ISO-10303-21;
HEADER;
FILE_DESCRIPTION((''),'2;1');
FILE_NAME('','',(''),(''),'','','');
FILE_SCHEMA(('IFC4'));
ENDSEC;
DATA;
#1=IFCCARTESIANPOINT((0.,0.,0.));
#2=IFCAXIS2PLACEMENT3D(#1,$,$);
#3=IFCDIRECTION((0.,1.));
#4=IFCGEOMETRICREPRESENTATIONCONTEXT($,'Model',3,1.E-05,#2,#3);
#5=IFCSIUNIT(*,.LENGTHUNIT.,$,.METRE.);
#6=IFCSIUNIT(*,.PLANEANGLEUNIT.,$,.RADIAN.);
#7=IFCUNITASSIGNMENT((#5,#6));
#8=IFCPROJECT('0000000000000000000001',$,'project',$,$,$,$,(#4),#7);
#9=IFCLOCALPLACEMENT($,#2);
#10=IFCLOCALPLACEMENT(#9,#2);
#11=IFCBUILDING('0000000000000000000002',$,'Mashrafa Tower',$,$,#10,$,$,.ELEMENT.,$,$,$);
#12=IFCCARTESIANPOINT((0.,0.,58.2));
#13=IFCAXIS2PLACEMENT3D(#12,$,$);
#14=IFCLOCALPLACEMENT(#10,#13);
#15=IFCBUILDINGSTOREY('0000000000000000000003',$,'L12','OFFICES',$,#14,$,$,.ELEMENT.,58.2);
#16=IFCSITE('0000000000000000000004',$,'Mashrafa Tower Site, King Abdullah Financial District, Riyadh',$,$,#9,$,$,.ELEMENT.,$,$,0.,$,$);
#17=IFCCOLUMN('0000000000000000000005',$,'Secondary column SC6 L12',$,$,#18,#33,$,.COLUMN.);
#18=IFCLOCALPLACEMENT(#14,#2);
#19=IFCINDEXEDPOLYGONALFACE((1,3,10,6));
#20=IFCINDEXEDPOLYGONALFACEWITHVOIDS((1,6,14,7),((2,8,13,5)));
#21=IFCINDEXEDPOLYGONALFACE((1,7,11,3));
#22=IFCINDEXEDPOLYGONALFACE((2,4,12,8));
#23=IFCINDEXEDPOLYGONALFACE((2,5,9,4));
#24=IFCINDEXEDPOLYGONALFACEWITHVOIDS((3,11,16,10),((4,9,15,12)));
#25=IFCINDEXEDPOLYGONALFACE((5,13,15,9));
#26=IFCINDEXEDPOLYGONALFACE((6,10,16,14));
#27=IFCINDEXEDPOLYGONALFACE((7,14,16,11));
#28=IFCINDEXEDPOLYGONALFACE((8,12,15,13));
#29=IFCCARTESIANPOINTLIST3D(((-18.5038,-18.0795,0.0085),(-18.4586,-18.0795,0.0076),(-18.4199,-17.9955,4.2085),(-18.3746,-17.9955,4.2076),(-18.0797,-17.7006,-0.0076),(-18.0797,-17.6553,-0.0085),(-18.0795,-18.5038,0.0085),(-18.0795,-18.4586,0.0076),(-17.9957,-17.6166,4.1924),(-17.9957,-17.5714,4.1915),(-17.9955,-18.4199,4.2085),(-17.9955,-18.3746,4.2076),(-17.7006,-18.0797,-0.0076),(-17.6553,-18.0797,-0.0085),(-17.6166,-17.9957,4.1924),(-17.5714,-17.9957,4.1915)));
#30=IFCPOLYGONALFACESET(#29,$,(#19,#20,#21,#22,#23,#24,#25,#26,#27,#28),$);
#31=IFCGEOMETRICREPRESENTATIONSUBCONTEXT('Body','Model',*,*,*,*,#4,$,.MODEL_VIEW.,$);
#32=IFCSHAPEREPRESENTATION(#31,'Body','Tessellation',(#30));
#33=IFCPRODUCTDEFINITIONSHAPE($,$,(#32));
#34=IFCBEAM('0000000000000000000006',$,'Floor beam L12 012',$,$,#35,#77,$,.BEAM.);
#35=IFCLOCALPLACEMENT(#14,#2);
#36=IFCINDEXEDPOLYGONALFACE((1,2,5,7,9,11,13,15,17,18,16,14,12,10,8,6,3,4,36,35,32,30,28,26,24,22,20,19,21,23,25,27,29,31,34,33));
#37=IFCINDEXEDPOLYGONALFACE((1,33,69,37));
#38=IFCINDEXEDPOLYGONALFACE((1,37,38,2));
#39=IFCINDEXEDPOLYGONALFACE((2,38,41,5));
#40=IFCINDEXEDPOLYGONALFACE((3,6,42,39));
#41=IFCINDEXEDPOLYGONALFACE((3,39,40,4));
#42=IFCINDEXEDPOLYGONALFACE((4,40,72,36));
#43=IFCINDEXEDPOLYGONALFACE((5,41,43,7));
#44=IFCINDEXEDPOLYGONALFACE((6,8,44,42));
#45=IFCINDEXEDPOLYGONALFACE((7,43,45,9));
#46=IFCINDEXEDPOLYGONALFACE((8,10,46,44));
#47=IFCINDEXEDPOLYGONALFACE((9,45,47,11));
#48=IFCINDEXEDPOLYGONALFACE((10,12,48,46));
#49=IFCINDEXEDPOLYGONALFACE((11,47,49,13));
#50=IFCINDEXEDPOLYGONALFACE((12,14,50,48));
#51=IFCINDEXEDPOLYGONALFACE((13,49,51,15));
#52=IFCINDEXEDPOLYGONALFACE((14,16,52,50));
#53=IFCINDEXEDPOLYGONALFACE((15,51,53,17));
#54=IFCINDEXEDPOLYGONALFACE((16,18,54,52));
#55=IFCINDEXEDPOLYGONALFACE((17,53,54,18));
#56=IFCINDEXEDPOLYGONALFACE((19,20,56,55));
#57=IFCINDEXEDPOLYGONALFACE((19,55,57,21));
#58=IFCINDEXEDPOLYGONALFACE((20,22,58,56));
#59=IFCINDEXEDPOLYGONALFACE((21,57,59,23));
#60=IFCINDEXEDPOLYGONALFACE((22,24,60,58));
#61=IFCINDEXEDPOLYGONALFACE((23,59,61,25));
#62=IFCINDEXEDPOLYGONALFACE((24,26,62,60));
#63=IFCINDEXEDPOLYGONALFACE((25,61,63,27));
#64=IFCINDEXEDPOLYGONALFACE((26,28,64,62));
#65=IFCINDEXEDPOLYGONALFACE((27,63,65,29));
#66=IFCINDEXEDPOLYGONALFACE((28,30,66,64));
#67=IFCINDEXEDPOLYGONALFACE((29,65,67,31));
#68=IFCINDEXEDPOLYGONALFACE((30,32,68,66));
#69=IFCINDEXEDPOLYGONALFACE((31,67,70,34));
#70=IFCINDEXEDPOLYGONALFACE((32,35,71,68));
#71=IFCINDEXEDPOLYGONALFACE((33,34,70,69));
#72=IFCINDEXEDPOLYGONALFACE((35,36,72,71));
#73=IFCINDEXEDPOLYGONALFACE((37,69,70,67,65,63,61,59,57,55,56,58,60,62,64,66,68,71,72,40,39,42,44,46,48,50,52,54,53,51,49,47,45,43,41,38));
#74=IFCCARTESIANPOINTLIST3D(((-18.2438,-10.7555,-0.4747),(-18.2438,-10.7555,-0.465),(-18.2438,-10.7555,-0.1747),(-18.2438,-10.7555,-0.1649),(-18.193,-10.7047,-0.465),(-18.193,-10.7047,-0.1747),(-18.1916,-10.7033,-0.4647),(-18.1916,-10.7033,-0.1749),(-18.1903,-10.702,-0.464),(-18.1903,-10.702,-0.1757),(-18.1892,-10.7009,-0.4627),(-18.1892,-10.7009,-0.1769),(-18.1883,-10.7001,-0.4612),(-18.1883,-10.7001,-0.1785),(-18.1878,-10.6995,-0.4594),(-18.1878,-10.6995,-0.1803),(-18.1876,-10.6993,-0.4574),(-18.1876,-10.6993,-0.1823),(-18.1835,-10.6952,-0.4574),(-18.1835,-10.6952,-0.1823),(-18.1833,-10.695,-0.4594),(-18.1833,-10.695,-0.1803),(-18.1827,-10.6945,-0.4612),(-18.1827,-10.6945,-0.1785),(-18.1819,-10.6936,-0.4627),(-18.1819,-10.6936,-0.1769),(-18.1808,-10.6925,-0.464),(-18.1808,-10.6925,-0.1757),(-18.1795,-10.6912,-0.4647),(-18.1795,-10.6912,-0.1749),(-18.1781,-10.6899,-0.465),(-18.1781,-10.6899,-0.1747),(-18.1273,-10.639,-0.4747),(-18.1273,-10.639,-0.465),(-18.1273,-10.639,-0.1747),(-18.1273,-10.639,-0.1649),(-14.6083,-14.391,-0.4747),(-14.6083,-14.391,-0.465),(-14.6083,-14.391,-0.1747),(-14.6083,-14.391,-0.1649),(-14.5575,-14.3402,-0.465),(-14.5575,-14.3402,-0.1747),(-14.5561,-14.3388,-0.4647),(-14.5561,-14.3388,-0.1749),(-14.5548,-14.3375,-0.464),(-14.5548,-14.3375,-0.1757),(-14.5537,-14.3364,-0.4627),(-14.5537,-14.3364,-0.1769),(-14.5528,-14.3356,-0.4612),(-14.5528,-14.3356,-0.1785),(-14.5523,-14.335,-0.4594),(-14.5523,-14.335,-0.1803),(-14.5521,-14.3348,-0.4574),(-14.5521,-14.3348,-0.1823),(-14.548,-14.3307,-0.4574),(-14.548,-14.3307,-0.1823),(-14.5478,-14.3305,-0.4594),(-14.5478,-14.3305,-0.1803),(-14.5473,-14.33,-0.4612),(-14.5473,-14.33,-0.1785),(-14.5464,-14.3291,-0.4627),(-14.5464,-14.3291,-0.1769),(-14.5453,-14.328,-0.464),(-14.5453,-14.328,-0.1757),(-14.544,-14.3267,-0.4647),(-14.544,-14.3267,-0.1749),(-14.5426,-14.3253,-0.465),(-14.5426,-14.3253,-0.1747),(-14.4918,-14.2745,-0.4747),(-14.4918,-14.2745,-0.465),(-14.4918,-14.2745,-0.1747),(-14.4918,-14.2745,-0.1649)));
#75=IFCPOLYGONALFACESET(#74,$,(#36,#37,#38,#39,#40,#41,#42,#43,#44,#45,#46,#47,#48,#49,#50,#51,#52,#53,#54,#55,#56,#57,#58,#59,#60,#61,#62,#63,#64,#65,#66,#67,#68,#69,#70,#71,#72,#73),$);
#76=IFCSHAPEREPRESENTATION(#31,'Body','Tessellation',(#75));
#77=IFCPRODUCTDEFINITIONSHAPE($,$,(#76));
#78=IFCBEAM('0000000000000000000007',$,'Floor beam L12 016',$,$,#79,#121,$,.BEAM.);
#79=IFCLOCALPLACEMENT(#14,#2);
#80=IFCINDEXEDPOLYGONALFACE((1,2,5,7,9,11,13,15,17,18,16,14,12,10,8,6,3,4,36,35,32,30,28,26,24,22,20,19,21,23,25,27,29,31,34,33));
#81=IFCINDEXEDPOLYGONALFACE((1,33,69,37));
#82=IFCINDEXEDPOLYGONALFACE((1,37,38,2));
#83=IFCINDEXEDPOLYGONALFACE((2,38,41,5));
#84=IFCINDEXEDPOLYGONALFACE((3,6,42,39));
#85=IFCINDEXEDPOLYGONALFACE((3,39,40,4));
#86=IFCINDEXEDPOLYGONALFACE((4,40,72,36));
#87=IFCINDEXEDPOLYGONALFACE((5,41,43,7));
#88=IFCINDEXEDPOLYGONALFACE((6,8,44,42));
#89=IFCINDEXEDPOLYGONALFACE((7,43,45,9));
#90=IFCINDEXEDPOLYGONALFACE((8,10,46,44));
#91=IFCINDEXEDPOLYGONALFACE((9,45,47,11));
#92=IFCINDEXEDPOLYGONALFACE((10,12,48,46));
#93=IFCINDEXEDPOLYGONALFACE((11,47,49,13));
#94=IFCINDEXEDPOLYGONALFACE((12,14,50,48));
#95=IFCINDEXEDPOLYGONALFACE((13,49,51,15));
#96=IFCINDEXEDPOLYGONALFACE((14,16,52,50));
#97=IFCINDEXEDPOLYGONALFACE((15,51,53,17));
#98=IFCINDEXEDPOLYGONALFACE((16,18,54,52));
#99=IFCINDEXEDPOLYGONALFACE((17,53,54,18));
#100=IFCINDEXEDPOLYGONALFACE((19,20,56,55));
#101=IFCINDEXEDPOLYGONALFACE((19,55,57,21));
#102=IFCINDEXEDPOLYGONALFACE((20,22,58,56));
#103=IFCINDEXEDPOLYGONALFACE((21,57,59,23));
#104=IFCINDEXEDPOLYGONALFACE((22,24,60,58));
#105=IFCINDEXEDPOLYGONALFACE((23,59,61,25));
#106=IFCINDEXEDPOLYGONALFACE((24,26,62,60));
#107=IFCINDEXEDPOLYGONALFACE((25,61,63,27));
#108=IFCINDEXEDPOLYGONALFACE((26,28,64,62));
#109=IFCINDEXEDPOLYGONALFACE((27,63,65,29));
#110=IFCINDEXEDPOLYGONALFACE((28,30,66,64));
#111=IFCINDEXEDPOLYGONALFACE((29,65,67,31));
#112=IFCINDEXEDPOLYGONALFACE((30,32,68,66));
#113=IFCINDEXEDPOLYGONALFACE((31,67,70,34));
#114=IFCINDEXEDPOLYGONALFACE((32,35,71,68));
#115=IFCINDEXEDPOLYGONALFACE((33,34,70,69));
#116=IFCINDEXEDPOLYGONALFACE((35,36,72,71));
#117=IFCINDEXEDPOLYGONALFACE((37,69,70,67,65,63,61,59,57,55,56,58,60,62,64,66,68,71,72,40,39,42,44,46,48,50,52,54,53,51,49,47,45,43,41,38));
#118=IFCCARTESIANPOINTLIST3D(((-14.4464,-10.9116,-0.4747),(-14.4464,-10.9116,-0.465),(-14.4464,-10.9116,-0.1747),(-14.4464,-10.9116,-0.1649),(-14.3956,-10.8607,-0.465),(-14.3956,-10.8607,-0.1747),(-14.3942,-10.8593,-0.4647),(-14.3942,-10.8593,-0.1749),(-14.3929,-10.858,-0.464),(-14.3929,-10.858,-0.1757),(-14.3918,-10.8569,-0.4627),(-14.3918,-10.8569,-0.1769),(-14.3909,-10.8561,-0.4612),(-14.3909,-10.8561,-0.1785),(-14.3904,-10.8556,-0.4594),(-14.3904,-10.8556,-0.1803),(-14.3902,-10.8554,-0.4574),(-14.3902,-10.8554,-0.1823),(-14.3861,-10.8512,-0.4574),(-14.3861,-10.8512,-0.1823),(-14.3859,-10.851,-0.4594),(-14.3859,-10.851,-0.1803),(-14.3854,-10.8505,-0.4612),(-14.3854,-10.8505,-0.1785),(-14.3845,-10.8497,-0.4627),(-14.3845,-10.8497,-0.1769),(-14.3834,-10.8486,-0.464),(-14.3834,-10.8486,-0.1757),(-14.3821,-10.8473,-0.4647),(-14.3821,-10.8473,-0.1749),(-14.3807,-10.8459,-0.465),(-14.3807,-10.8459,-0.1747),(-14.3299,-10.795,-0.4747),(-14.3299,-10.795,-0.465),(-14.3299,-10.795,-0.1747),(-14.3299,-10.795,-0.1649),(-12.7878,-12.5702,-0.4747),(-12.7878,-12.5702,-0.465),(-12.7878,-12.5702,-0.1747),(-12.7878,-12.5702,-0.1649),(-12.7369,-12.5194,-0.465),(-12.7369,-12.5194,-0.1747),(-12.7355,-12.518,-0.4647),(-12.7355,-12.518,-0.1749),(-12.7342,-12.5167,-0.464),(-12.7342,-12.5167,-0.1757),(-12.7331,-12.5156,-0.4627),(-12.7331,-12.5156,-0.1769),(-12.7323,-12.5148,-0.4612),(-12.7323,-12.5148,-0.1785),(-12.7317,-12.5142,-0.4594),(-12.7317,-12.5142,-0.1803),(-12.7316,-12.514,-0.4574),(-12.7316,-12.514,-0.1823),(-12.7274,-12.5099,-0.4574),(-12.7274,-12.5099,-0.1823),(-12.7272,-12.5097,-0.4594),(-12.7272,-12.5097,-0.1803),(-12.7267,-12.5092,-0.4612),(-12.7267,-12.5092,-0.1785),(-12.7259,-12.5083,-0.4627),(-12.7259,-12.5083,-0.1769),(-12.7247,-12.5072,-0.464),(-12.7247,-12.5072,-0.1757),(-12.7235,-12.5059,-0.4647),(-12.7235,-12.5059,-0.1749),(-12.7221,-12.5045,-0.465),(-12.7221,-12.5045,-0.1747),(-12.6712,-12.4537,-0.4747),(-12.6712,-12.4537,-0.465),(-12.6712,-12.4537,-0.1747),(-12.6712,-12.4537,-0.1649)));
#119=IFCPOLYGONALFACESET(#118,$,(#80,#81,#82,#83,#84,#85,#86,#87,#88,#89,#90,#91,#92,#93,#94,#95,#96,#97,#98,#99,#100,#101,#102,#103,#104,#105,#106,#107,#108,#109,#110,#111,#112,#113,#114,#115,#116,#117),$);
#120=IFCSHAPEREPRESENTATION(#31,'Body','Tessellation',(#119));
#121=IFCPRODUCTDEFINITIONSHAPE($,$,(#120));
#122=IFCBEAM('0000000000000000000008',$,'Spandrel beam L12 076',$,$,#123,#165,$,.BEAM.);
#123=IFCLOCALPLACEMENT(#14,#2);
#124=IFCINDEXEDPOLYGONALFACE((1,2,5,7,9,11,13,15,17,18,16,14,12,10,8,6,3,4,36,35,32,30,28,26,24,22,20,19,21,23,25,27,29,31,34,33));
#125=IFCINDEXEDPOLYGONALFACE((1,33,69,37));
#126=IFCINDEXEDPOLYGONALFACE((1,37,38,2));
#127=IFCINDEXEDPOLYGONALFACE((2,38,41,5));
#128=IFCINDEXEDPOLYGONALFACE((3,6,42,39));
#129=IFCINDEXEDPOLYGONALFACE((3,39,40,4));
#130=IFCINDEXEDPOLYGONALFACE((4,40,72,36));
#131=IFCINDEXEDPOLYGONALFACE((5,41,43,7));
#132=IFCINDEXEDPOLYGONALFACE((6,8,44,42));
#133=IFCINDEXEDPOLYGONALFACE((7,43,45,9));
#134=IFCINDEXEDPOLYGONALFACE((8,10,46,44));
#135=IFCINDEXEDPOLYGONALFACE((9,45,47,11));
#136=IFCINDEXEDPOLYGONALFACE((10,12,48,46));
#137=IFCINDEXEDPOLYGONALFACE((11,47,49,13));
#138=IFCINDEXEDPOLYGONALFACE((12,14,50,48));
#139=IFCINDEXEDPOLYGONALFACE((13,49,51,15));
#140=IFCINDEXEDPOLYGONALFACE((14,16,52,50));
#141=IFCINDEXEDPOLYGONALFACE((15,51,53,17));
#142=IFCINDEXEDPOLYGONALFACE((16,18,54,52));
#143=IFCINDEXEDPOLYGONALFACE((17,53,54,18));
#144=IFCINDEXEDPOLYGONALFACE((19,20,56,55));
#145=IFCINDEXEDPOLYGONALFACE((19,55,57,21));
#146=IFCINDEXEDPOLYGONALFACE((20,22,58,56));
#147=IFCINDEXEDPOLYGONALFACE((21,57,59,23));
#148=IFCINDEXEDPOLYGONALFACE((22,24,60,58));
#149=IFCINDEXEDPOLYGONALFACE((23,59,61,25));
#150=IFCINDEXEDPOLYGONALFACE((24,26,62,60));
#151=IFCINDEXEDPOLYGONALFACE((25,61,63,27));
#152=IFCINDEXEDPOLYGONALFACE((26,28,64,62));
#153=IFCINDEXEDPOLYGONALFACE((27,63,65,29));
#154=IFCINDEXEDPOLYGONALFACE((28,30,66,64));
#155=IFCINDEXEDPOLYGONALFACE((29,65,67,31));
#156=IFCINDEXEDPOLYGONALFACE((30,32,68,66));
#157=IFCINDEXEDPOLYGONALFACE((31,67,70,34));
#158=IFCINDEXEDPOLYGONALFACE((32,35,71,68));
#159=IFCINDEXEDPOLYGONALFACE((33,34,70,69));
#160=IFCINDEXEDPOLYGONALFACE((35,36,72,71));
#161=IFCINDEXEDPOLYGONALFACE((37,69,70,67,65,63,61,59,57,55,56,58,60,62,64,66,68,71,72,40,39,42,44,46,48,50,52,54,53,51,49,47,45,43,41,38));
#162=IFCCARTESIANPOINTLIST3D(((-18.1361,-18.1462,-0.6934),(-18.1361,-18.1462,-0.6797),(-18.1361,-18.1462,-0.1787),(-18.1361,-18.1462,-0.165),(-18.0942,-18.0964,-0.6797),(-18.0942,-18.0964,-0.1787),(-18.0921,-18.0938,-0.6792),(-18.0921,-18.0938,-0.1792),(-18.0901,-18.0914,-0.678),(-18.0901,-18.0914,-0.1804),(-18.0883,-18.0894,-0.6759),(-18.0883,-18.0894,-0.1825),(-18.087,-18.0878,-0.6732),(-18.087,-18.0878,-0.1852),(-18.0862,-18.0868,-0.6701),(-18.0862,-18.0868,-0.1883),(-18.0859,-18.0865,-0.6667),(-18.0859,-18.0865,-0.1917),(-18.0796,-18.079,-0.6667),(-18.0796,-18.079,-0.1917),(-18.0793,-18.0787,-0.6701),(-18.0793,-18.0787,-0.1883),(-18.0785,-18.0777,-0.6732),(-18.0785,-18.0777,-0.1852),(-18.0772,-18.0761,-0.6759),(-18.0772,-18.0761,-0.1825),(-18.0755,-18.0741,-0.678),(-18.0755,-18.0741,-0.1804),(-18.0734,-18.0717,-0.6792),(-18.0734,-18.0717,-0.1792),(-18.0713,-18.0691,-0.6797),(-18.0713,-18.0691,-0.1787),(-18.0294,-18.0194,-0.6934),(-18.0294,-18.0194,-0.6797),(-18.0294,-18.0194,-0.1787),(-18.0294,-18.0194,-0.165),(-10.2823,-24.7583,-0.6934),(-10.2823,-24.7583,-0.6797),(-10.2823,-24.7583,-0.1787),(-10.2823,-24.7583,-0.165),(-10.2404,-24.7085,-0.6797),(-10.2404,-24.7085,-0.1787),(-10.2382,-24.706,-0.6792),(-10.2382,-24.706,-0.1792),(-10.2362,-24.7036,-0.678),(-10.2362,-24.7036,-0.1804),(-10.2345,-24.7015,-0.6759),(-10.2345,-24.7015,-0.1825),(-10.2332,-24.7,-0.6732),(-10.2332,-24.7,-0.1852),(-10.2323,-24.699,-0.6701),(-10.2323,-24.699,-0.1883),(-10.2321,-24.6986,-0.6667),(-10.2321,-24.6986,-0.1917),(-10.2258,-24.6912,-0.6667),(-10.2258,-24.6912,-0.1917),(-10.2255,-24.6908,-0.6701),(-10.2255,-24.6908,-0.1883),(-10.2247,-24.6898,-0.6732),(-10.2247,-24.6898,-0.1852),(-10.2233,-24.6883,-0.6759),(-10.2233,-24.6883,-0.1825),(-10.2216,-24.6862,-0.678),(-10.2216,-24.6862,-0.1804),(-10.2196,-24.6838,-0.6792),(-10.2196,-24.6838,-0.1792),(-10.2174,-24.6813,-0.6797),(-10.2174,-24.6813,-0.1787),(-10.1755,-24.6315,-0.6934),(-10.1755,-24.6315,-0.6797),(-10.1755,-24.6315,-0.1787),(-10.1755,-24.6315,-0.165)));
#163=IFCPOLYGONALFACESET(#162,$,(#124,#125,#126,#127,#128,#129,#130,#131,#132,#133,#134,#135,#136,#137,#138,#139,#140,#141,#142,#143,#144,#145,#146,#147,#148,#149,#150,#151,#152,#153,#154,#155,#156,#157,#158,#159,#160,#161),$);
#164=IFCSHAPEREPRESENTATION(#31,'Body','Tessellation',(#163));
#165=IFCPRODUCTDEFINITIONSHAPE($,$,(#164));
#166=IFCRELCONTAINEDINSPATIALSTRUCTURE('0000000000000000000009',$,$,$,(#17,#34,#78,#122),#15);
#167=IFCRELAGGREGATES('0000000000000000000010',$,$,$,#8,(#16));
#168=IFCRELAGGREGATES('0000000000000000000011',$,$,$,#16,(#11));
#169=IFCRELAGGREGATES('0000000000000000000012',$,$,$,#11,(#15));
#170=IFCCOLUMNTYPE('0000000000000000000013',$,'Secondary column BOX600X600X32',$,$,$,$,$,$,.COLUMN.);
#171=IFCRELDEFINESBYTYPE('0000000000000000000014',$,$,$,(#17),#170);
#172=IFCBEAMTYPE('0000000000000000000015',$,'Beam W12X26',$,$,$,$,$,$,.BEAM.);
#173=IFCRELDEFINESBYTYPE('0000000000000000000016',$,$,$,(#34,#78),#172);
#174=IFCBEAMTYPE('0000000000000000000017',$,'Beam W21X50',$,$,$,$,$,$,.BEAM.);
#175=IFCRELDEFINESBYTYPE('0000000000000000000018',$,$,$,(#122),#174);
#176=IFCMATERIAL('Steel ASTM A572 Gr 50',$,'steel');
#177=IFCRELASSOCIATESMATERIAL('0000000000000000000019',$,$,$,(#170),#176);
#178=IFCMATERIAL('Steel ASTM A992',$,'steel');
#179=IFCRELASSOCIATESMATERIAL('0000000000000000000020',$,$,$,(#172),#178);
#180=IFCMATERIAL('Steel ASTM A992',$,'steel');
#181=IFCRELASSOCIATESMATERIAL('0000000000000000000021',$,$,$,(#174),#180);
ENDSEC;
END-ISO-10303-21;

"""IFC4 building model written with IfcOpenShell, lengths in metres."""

from ifc_helpers import new_model, si_unit, direction, frame, origin, origin_2d, place, context, subcontext, project, spatial, hollow_rectangle, i_section, extrude, material, material_profile, profile_set, type_object, element, save


model = new_model("IFC4")

# Units and contexts
model_context = context("Model", 3, precision=1e-05, world=origin(), true_north=direction((0.0, 1.0)))
body_context = subcontext(model_context, "Body", "Model", "MODEL_VIEW")
ifc_project = project(units=[si_unit("LENGTHUNIT", "METRE"), si_unit("PLANEANGLEUNIT", "RADIAN")], contexts=[model_context])

# Site, building, storey
site_placement = place(None, origin())
site = spatial("IfcSite", under=ifc_project, at=site_placement, Name="Mashrafa Tower Site, King Abdullah Financial District, Riyadh", CompositionType="ELEMENT", RefElevation=0.0)
building_placement = place(site_placement, origin())
building = spatial("IfcBuilding", under=site, at=building_placement, Name="Mashrafa Tower", CompositionType="ELEMENT")
storey_placement = place(building_placement, frame((0.0, 0.0, 58.2)))
storey = spatial("IfcBuildingStorey", under=building, at=storey_placement, Name="L12", Description="OFFICES", CompositionType="ELEMENT", Elevation=58.2)

# Column
ifc_material_1 = material(Name="Steel ASTM A572 Gr 50", Category="steel")
ifc_material_profile_1 = material_profile(ifc_material_1, hollow_rectangle(XDim=0.6001, YDim=0.6001, WallThickness=0.032, at=origin_2d()), Name="BOX600X600X32")
ifc_profile_set_1 = profile_set([ifc_material_profile_1], Name="Steel ASTM A572 Gr 50")
column_type = type_object("IfcColumnType", Name="Secondary column BOX600X600X32", PredefinedType="COLUMN", material=ifc_profile_set_1)
column_placement = place(storey_placement, frame((-18.0796, -18.0796, 0.0), z_axis=(0.019989, 0.019989, 0.9996), x_axis=(-0.707107, 0.707107, 0.0)))
element("IfcColumn", 1, at=column_placement, inside=storey, type_object=column_type, Name="Secondary column SC6 L12", PredefinedType="COLUMN", context=body_context, shape_type="SweptSolid", body=[
    extrude(hollow_rectangle(XDim=0.6001, YDim=0.6001, WallThickness=0.032, at=origin_2d()), origin(), (0.0, 0.0, 1.0), 4.2017),
])

# Beams
ifc_material_2 = material(Name="Steel ASTM A992", Category="steel")
ifc_material_profile_2 = material_profile(ifc_material_2, i_section(OverallWidth=0.1648, OverallDepth=0.3098, WebThickness=0.0059, FlangeThickness=0.0098, FilletRadius=0.0076, at=origin_2d()), Name="W12X26")
ifc_profile_set_2 = profile_set([ifc_material_profile_2], Name="Steel ASTM A992")
beam_type_1 = type_object("IfcBeamType", Name="Beam W12X26", PredefinedType="BEAM", material=ifc_profile_set_2)
beam_1_placement = place(storey_placement, frame((-14.55, -14.3328, -0.3198), z_axis=(-0.707107, 0.707107, 0.0), x_axis=(-0.707107, -0.707107, 0.0)))
element("IfcBeam", 2, at=beam_1_placement, inside=storey, type_object=beam_type_1, Name="Floor beam L12 012", PredefinedType="BEAM", context=body_context, shape_type="SweptSolid", body=[
    extrude(i_section(OverallWidth=0.1648, OverallDepth=0.3098, WebThickness=0.0059, FlangeThickness=0.0098, FilletRadius=0.0076, at=origin_2d()), origin(), (0.0, 0.0, 1.0), 5.1414),
])
beam_2_placement = place(storey_placement, frame((-12.7295, -12.512, -0.3198), z_axis=(-0.707107, 0.707107, 0.0), x_axis=(-0.707107, -0.707107, 0.0)))
element("IfcBeam", 3, at=beam_2_placement, inside=storey, type_object=beam_type_1, Name="Floor beam L12 016", PredefinedType="BEAM", context=body_context, shape_type="SweptSolid", body=[
    extrude(i_section(OverallWidth=0.1648, OverallDepth=0.3098, WebThickness=0.0059, FlangeThickness=0.0098, FilletRadius=0.0076, at=origin_2d()), origin(), (0.0, 0.0, 1.0), 2.3457),
])
ifc_material_3 = material(Name="Steel ASTM A992", Category="steel")
ifc_material_profile_3 = material_profile(ifc_material_3, i_section(OverallWidth=0.1658, OverallDepth=0.5283, WebThickness=0.0098, FlangeThickness=0.0137, FilletRadius=0.0129, at=origin_2d()), Name="W21X50")
ifc_profile_set_3 = profile_set([ifc_material_profile_3], Name="Steel ASTM A992")
beam_type_2 = type_object("IfcBeamType", Name="Beam W21X50", PredefinedType="BEAM", material=ifc_profile_set_3)
beam_3_placement = place(storey_placement, frame((-18.0828, -18.0828, -0.4292), z_axis=(0.76499, -0.644043, 0.0), x_axis=(0.644043, 0.76499, 0.0)))
element("IfcBeam", 4, at=beam_3_placement, inside=storey, type_object=beam_type_2, Name="Spandrel beam L12 076", PredefinedType="BEAM", context=body_context, shape_type="SweptSolid", body=[
    extrude(i_section(OverallWidth=0.1658, OverallDepth=0.5283, WebThickness=0.0098, FlangeThickness=0.0137, FilletRadius=0.0129, at=origin_2d()), origin(), (0.0, 0.0, 1.0), 10.2666),
])

save(model, "model.ifc")
